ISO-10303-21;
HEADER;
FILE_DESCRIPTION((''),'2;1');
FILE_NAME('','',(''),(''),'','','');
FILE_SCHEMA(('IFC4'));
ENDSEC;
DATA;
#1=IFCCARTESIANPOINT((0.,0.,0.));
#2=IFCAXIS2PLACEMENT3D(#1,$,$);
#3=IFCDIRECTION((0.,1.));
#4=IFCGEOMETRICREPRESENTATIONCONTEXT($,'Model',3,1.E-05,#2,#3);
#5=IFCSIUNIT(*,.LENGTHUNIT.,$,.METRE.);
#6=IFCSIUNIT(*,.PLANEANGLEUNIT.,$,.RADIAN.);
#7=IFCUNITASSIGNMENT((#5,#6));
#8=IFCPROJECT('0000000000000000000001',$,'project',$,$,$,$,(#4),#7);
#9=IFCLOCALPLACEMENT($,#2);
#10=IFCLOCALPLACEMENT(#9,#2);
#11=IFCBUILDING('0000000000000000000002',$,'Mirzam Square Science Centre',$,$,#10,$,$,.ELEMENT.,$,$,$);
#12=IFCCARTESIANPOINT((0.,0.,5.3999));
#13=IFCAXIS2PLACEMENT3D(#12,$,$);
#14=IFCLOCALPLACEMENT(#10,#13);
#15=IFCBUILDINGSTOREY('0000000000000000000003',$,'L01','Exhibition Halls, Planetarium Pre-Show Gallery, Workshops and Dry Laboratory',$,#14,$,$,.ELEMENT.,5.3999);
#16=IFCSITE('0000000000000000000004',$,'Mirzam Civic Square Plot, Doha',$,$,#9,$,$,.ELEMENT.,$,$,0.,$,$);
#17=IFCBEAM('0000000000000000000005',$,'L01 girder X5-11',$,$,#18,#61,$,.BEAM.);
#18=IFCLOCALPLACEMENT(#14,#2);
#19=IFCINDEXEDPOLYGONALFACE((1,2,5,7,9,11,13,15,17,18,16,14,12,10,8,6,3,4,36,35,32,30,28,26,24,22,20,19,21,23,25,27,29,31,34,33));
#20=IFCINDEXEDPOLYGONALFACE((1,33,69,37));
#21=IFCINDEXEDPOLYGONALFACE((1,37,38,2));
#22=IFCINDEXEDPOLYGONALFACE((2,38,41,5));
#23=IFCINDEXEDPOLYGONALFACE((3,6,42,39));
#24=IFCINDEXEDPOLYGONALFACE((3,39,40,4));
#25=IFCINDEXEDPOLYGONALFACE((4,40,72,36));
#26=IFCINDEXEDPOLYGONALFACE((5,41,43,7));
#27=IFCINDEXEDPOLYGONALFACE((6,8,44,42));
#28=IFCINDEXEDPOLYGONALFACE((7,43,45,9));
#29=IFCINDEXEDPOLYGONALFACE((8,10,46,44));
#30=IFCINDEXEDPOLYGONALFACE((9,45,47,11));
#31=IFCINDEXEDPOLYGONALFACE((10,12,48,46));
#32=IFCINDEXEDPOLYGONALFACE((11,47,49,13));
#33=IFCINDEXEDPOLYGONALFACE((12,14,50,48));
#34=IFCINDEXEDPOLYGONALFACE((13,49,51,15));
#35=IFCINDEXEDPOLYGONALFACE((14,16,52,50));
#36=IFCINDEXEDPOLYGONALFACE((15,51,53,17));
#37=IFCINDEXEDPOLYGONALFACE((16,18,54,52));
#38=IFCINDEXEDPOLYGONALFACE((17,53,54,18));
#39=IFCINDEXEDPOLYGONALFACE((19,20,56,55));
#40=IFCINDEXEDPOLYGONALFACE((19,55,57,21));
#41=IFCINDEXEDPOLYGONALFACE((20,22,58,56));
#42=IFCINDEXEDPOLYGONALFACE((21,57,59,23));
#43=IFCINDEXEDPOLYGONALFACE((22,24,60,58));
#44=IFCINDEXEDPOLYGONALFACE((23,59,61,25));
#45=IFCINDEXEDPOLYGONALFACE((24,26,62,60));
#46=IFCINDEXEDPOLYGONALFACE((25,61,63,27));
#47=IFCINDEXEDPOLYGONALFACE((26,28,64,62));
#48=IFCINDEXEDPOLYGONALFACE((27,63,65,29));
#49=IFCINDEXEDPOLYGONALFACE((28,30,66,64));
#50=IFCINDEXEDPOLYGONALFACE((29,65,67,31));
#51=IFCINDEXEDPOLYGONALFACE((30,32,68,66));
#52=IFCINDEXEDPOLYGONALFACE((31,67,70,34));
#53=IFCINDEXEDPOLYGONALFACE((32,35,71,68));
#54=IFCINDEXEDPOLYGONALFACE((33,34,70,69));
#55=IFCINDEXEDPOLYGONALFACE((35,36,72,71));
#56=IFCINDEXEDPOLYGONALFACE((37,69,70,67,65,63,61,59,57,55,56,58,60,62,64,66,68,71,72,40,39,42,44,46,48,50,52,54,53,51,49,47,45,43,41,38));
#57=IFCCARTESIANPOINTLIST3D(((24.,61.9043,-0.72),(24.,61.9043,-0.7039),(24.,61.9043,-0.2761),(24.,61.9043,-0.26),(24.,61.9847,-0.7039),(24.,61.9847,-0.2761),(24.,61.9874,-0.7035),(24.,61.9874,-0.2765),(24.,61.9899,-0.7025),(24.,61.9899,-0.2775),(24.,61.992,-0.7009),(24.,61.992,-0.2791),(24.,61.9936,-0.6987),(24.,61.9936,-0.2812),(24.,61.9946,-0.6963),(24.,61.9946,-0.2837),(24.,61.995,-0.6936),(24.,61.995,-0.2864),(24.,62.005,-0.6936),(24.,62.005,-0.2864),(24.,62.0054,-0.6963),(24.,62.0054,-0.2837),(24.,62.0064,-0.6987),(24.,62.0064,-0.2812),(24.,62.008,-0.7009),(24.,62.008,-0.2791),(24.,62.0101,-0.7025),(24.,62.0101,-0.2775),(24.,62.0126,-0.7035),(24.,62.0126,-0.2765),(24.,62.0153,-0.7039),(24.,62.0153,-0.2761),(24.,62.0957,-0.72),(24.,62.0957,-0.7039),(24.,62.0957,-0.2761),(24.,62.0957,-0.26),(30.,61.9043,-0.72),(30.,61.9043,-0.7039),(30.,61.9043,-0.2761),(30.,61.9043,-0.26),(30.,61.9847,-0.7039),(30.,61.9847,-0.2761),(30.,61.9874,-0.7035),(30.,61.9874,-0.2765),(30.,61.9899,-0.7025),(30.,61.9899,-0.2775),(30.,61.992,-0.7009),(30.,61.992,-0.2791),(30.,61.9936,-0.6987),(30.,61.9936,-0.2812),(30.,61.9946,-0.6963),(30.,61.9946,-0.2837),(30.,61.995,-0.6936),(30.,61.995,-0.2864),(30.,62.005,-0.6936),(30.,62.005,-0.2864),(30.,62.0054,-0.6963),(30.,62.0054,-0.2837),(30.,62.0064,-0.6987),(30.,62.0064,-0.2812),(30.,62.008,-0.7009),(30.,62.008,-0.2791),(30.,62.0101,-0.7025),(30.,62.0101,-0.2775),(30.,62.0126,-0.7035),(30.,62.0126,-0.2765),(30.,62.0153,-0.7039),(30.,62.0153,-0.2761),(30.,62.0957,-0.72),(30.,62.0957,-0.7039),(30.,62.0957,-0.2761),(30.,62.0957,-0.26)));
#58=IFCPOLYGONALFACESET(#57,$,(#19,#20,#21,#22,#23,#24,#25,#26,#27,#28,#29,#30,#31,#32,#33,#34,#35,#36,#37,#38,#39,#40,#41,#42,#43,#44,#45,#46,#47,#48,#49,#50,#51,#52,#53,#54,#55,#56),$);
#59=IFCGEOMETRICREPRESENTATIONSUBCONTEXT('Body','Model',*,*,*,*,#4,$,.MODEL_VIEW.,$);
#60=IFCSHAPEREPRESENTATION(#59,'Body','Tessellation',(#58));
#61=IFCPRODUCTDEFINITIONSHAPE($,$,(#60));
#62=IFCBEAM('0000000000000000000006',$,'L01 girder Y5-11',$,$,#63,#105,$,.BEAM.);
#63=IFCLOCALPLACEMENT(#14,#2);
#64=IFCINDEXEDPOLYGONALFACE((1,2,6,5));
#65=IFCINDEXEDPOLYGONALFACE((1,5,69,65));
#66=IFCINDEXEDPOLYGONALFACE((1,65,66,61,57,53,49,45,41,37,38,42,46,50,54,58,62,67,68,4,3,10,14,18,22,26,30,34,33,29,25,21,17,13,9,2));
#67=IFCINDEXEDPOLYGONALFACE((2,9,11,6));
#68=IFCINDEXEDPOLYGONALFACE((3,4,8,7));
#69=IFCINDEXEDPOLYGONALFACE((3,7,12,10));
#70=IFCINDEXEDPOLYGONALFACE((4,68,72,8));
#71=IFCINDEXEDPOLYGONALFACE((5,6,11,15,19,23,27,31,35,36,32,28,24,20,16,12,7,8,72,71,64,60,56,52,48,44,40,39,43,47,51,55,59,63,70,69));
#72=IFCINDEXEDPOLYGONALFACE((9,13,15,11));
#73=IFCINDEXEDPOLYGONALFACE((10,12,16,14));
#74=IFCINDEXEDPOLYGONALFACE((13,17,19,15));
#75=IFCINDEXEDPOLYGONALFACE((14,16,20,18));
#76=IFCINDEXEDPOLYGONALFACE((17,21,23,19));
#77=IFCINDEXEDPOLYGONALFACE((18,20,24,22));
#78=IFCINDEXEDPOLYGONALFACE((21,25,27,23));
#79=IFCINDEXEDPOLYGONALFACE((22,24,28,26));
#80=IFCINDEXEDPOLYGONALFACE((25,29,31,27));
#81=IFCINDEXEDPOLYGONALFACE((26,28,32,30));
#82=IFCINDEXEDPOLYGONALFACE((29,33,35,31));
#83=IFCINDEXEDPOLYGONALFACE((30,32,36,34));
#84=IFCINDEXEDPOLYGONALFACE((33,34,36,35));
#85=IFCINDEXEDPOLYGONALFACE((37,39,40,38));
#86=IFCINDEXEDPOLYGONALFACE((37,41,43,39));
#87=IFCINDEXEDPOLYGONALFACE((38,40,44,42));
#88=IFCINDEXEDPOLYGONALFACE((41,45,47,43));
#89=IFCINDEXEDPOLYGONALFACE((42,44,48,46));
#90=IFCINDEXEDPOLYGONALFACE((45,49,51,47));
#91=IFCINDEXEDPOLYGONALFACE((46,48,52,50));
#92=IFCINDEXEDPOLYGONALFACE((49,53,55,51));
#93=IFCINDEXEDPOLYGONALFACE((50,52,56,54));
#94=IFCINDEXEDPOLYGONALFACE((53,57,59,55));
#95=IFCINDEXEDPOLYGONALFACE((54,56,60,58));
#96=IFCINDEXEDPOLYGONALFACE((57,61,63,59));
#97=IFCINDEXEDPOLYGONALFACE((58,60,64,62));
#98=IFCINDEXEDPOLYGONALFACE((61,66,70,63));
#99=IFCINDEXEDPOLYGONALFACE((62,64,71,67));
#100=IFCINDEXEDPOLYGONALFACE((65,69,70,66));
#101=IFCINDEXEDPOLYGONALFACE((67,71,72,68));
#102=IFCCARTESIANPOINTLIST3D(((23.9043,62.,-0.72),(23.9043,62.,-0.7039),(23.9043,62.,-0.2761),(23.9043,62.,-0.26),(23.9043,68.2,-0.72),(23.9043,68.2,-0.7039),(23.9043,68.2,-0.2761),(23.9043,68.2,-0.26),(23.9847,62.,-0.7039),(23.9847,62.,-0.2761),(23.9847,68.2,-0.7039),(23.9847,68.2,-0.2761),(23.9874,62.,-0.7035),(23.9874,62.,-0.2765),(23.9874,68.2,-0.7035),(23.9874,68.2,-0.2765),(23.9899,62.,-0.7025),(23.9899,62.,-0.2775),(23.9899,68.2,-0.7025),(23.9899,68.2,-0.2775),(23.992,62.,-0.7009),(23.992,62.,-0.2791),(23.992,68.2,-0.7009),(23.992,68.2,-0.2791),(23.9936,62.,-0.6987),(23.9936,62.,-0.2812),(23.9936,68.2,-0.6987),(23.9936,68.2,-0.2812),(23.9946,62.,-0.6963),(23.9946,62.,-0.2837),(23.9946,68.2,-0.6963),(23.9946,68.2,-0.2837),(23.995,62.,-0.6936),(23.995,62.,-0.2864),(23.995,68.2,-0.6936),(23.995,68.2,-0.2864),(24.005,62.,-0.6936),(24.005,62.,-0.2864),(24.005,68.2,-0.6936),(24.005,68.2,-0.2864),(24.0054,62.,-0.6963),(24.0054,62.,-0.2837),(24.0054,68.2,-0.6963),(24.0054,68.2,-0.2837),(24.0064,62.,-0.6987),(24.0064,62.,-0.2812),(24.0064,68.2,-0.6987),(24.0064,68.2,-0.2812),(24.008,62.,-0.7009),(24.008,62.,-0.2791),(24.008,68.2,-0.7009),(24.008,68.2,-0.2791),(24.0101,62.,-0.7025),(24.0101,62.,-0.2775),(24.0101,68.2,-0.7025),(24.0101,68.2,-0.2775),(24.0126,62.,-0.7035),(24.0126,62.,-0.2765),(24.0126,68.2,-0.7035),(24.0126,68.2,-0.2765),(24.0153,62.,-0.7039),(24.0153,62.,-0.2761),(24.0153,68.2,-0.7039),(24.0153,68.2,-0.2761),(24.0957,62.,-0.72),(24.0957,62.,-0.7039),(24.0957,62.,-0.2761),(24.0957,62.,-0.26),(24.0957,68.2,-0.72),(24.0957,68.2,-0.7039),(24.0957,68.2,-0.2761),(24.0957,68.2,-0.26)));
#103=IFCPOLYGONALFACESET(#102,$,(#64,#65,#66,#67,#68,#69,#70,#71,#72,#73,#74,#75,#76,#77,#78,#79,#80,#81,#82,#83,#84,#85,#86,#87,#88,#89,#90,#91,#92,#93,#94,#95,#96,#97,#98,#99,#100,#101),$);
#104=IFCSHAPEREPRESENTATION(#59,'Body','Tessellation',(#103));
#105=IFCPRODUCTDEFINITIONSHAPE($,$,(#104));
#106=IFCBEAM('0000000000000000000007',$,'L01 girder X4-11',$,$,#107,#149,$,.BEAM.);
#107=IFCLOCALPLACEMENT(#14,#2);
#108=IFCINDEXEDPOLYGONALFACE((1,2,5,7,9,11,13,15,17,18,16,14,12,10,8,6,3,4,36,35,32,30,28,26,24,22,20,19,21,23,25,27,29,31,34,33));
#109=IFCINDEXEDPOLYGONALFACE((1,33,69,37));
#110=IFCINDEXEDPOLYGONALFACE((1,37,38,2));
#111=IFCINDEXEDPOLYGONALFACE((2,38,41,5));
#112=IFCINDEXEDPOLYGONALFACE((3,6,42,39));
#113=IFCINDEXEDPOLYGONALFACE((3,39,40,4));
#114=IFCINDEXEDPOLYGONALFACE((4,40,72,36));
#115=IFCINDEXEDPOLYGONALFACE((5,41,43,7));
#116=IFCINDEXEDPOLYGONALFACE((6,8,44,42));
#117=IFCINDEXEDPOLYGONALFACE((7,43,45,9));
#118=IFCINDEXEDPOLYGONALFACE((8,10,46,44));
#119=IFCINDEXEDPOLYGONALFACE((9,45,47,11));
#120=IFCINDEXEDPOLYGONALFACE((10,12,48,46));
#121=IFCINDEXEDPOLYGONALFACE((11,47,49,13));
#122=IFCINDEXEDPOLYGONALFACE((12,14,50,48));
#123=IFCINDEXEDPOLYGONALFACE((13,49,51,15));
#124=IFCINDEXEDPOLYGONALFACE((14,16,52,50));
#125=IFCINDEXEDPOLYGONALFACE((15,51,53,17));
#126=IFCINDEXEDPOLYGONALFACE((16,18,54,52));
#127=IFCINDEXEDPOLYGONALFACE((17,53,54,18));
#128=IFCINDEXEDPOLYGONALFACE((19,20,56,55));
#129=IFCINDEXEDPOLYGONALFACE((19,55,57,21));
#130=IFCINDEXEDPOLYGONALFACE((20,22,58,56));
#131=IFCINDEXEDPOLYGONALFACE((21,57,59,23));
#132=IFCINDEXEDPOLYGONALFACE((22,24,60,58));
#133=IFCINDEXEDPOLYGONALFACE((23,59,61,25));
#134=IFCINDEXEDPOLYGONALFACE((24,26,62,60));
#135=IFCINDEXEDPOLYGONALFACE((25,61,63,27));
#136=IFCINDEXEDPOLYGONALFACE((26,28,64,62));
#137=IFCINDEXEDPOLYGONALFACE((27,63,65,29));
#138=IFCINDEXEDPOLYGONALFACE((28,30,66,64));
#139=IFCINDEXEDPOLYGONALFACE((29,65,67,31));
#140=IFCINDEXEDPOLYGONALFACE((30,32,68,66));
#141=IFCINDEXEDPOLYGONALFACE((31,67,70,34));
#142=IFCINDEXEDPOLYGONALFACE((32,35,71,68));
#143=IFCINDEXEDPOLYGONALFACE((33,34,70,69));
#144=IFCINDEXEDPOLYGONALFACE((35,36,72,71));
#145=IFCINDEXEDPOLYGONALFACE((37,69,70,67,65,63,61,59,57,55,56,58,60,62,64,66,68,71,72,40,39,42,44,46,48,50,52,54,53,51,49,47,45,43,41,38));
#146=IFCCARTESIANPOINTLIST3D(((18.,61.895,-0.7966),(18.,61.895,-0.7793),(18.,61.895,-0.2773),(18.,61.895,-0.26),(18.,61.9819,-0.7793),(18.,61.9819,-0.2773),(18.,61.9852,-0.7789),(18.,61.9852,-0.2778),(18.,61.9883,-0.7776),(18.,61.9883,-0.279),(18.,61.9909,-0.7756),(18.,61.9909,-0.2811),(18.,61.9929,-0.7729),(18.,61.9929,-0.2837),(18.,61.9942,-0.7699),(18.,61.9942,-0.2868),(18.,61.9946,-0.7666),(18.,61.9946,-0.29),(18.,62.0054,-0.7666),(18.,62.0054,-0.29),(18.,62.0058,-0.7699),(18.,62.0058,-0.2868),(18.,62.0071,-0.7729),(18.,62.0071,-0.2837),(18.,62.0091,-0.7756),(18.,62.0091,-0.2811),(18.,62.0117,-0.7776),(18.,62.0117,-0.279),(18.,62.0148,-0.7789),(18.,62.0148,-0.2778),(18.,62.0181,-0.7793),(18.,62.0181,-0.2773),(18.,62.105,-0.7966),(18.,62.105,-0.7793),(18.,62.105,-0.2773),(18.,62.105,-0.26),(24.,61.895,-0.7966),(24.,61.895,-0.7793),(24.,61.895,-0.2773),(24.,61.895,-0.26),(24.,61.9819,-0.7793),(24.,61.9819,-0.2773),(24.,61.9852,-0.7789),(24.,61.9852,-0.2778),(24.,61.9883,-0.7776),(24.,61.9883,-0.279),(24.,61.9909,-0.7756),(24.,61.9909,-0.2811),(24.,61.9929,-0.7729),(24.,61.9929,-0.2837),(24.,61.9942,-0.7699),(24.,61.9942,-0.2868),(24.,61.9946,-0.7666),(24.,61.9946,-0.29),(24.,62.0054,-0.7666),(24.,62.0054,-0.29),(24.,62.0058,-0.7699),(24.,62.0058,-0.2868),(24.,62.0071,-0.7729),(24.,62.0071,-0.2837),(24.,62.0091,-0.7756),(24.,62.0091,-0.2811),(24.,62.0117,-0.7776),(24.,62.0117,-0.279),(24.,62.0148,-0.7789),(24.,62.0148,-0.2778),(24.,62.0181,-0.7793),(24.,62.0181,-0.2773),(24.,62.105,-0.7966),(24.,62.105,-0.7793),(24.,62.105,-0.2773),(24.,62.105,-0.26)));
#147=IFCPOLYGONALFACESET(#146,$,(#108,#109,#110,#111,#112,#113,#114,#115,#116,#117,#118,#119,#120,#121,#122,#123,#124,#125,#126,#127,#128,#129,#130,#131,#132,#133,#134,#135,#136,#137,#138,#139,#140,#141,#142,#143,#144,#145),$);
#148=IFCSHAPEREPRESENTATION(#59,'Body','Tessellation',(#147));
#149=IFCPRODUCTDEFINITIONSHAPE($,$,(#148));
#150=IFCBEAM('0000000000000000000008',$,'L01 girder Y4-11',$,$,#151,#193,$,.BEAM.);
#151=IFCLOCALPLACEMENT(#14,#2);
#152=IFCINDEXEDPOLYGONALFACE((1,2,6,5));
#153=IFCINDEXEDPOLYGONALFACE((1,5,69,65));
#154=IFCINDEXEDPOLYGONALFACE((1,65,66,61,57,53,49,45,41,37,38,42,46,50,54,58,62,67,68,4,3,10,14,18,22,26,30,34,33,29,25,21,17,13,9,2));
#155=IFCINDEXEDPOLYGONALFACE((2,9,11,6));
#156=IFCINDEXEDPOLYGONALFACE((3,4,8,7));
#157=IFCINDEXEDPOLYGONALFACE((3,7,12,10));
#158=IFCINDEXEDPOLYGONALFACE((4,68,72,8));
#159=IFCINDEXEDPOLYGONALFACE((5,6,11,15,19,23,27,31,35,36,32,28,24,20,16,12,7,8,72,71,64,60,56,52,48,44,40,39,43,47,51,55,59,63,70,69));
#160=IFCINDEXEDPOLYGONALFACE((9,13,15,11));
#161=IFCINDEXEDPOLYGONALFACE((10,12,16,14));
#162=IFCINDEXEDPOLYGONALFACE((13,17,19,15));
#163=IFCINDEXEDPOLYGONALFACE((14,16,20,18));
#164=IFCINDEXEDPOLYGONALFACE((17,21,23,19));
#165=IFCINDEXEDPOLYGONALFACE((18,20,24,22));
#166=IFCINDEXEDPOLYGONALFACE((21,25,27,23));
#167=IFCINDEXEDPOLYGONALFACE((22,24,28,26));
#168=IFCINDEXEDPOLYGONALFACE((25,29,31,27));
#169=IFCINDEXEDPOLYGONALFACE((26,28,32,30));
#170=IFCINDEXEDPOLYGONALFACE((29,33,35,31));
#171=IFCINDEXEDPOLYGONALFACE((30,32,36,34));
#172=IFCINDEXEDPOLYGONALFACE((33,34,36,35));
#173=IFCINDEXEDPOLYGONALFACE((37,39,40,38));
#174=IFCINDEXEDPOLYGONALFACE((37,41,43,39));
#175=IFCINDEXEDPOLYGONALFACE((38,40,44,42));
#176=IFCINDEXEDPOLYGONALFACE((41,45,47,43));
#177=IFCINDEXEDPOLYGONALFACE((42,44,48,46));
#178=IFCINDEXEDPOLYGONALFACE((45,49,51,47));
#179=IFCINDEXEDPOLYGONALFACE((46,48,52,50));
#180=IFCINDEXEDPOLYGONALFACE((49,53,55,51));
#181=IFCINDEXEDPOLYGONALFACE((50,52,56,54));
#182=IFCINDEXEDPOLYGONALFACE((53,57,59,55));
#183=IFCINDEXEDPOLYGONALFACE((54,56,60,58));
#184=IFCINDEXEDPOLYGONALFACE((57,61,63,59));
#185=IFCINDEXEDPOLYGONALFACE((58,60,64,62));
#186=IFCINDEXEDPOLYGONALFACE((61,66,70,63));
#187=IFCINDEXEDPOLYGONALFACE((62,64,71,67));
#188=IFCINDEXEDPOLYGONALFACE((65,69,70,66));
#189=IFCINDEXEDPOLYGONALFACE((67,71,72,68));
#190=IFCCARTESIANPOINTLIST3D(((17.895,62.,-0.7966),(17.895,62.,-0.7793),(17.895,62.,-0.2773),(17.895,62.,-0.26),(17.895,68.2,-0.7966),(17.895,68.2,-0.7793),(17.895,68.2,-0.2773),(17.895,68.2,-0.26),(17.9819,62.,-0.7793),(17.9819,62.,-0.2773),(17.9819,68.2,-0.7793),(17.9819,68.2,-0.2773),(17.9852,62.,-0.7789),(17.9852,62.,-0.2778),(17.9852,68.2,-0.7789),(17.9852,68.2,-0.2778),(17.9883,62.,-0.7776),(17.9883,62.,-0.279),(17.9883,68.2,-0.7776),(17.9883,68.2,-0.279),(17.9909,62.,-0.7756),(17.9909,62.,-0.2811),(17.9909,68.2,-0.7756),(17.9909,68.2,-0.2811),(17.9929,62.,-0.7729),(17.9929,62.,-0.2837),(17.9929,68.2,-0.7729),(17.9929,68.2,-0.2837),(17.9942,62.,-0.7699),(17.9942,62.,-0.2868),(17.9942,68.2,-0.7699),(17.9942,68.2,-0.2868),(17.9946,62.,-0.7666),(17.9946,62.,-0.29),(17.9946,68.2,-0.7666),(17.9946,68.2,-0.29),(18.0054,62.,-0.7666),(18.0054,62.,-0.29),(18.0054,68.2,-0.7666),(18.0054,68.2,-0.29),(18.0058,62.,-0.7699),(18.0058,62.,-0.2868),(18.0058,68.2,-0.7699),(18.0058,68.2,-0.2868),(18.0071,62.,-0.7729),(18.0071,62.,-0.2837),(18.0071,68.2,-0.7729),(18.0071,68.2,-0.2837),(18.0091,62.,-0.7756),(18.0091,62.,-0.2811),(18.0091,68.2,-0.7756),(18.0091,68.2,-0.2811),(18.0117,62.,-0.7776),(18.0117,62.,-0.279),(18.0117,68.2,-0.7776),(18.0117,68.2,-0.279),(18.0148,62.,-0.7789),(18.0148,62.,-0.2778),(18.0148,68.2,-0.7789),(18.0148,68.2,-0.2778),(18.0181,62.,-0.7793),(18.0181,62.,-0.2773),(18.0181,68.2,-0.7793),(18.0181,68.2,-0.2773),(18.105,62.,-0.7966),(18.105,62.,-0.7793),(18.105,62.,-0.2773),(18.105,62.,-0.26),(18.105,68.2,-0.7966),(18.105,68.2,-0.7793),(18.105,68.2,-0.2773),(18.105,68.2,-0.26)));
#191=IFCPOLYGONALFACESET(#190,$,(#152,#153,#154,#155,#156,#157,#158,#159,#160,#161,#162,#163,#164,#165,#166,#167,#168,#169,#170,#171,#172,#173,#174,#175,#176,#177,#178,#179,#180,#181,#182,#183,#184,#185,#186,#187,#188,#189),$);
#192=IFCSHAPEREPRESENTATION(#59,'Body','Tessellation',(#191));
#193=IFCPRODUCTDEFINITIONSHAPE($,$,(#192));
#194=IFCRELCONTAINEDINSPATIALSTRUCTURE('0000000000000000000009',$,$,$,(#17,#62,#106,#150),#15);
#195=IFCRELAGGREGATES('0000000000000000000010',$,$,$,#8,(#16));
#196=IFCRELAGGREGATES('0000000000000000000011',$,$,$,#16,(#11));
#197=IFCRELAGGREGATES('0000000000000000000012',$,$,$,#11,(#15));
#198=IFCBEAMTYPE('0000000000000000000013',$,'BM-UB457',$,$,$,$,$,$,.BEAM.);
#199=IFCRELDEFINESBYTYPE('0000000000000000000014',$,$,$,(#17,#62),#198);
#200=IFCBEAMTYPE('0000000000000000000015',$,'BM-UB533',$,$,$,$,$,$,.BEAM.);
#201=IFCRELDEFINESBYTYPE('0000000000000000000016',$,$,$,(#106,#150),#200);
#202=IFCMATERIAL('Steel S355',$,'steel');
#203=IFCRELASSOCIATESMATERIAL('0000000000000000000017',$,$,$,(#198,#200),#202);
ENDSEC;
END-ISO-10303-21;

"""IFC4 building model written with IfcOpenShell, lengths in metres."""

from ifc_helpers import new_model, si_unit, direction, frame, origin, origin_2d, place, context, subcontext, project, spatial, i_section, extrude, material, material_profile, profile_set, type_object, element, save


model = new_model("IFC4")

# Units and contexts
model_context = context("Model", 3, precision=1e-05, world=origin(), true_north=direction((0.0, 1.0)))
body_context = subcontext(model_context, "Body", "Model", "MODEL_VIEW")
ifc_project = project(units=[si_unit("LENGTHUNIT", "METRE"), si_unit("PLANEANGLEUNIT", "RADIAN")], contexts=[model_context])

# Site, building, storey
site_placement = place(None, origin())
site = spatial("IfcSite", under=ifc_project, at=site_placement, Name="Mirzam Civic Square Plot, Doha", CompositionType="ELEMENT", RefElevation=0.0)
building_placement = place(site_placement, origin())
building = spatial("IfcBuilding", under=site, at=building_placement, Name="Mirzam Square Science Centre", CompositionType="ELEMENT")
storey_placement = place(building_placement, frame((0.0, 0.0, 5.3999)))
storey = spatial("IfcBuildingStorey", under=building, at=storey_placement, Name="L01", Description="Exhibition Halls, Planetarium Pre-Show Gallery, Workshops and Dry Laboratory", CompositionType="ELEMENT", Elevation=5.3999)

# Shared definitions
ifc_material_1 = material(Name="Steel S355", Category="steel")

# Beams
ifc_material_profile_1 = material_profile(ifc_material_1, i_section(OverallWidth=0.1914, OverallDepth=0.46, WebThickness=0.01, FlangeThickness=0.0161, FilletRadius=0.0103, at=origin_2d()), Name="457x191x82UB")
ifc_profile_set_1 = profile_set([ifc_material_profile_1], Name="Steel S355")
beam_type_1 = type_object("IfcBeamType", Name="BM-UB457", PredefinedType="BEAM", material=ifc_profile_set_1)
beam_1_placement = place(storey_placement, frame((24.0, 62.0, -0.49), z_axis=(1.0, 0.0, 0.0), x_axis=(0.0, 1.0, 0.0)))
element("IfcBeam", 1, at=beam_1_placement, inside=storey, type_object=beam_type_1, Name="L01 girder X5-11", PredefinedType="BEAM", context=body_context, shape_type="SweptSolid", body=[
    extrude(i_section(OverallWidth=0.1914, OverallDepth=0.46, WebThickness=0.01, FlangeThickness=0.0161, FilletRadius=0.0103, at=origin_2d()), origin(), (0.0, 0.0, 1.0), 6.0),
])
beam_2_placement = place(storey_placement, frame((24.0, 62.0, -0.49), z_axis=(0.0, 1.0, 0.0), x_axis=(-1.0, 0.0, 0.0)))
element("IfcBeam", 2, at=beam_2_placement, inside=storey, type_object=beam_type_1, Name="L01 girder Y5-11", PredefinedType="BEAM", context=body_context, shape_type="SweptSolid", body=[
    extrude(i_section(OverallWidth=0.1914, OverallDepth=0.46, WebThickness=0.01, FlangeThickness=0.0161, FilletRadius=0.0103, at=origin_2d()), origin(), (0.0, 0.0, 1.0), 6.2),
])
ifc_material_profile_2 = material_profile(ifc_material_1, i_section(OverallWidth=0.21, OverallDepth=0.5366, WebThickness=0.0107, FlangeThickness=0.0173, FilletRadius=0.0127, at=origin_2d()), Name="533x210x101UB")
ifc_profile_set_2 = profile_set([ifc_material_profile_2], Name="Steel S355")
beam_type_2 = type_object("IfcBeamType", Name="BM-UB533", PredefinedType="BEAM", material=ifc_profile_set_2)
beam_3_placement = place(storey_placement, frame((18.0, 62.0, -0.5283), z_axis=(1.0, 0.0, 0.0), x_axis=(0.0, 1.0, 0.0)))
element("IfcBeam", 3, at=beam_3_placement, inside=storey, type_object=beam_type_2, Name="L01 girder X4-11", PredefinedType="BEAM", context=body_context, shape_type="SweptSolid", body=[
    extrude(i_section(OverallWidth=0.21, OverallDepth=0.5366, WebThickness=0.0107, FlangeThickness=0.0173, FilletRadius=0.0127, at=origin_2d()), origin(), (0.0, 0.0, 1.0), 6.0),
])
beam_4_placement = place(storey_placement, frame((18.0, 62.0, -0.5283), z_axis=(0.0, 1.0, 0.0), x_axis=(-1.0, 0.0, 0.0)))
element("IfcBeam", 4, at=beam_4_placement, inside=storey, type_object=beam_type_2, Name="L01 girder Y4-11", PredefinedType="BEAM", context=body_context, shape_type="SweptSolid", body=[
    extrude(i_section(OverallWidth=0.21, OverallDepth=0.5366, WebThickness=0.0107, FlangeThickness=0.0173, FilletRadius=0.0127, at=origin_2d()), origin(), (0.0, 0.0, 1.0), 6.2),
])

save(model, "model.ifc")
